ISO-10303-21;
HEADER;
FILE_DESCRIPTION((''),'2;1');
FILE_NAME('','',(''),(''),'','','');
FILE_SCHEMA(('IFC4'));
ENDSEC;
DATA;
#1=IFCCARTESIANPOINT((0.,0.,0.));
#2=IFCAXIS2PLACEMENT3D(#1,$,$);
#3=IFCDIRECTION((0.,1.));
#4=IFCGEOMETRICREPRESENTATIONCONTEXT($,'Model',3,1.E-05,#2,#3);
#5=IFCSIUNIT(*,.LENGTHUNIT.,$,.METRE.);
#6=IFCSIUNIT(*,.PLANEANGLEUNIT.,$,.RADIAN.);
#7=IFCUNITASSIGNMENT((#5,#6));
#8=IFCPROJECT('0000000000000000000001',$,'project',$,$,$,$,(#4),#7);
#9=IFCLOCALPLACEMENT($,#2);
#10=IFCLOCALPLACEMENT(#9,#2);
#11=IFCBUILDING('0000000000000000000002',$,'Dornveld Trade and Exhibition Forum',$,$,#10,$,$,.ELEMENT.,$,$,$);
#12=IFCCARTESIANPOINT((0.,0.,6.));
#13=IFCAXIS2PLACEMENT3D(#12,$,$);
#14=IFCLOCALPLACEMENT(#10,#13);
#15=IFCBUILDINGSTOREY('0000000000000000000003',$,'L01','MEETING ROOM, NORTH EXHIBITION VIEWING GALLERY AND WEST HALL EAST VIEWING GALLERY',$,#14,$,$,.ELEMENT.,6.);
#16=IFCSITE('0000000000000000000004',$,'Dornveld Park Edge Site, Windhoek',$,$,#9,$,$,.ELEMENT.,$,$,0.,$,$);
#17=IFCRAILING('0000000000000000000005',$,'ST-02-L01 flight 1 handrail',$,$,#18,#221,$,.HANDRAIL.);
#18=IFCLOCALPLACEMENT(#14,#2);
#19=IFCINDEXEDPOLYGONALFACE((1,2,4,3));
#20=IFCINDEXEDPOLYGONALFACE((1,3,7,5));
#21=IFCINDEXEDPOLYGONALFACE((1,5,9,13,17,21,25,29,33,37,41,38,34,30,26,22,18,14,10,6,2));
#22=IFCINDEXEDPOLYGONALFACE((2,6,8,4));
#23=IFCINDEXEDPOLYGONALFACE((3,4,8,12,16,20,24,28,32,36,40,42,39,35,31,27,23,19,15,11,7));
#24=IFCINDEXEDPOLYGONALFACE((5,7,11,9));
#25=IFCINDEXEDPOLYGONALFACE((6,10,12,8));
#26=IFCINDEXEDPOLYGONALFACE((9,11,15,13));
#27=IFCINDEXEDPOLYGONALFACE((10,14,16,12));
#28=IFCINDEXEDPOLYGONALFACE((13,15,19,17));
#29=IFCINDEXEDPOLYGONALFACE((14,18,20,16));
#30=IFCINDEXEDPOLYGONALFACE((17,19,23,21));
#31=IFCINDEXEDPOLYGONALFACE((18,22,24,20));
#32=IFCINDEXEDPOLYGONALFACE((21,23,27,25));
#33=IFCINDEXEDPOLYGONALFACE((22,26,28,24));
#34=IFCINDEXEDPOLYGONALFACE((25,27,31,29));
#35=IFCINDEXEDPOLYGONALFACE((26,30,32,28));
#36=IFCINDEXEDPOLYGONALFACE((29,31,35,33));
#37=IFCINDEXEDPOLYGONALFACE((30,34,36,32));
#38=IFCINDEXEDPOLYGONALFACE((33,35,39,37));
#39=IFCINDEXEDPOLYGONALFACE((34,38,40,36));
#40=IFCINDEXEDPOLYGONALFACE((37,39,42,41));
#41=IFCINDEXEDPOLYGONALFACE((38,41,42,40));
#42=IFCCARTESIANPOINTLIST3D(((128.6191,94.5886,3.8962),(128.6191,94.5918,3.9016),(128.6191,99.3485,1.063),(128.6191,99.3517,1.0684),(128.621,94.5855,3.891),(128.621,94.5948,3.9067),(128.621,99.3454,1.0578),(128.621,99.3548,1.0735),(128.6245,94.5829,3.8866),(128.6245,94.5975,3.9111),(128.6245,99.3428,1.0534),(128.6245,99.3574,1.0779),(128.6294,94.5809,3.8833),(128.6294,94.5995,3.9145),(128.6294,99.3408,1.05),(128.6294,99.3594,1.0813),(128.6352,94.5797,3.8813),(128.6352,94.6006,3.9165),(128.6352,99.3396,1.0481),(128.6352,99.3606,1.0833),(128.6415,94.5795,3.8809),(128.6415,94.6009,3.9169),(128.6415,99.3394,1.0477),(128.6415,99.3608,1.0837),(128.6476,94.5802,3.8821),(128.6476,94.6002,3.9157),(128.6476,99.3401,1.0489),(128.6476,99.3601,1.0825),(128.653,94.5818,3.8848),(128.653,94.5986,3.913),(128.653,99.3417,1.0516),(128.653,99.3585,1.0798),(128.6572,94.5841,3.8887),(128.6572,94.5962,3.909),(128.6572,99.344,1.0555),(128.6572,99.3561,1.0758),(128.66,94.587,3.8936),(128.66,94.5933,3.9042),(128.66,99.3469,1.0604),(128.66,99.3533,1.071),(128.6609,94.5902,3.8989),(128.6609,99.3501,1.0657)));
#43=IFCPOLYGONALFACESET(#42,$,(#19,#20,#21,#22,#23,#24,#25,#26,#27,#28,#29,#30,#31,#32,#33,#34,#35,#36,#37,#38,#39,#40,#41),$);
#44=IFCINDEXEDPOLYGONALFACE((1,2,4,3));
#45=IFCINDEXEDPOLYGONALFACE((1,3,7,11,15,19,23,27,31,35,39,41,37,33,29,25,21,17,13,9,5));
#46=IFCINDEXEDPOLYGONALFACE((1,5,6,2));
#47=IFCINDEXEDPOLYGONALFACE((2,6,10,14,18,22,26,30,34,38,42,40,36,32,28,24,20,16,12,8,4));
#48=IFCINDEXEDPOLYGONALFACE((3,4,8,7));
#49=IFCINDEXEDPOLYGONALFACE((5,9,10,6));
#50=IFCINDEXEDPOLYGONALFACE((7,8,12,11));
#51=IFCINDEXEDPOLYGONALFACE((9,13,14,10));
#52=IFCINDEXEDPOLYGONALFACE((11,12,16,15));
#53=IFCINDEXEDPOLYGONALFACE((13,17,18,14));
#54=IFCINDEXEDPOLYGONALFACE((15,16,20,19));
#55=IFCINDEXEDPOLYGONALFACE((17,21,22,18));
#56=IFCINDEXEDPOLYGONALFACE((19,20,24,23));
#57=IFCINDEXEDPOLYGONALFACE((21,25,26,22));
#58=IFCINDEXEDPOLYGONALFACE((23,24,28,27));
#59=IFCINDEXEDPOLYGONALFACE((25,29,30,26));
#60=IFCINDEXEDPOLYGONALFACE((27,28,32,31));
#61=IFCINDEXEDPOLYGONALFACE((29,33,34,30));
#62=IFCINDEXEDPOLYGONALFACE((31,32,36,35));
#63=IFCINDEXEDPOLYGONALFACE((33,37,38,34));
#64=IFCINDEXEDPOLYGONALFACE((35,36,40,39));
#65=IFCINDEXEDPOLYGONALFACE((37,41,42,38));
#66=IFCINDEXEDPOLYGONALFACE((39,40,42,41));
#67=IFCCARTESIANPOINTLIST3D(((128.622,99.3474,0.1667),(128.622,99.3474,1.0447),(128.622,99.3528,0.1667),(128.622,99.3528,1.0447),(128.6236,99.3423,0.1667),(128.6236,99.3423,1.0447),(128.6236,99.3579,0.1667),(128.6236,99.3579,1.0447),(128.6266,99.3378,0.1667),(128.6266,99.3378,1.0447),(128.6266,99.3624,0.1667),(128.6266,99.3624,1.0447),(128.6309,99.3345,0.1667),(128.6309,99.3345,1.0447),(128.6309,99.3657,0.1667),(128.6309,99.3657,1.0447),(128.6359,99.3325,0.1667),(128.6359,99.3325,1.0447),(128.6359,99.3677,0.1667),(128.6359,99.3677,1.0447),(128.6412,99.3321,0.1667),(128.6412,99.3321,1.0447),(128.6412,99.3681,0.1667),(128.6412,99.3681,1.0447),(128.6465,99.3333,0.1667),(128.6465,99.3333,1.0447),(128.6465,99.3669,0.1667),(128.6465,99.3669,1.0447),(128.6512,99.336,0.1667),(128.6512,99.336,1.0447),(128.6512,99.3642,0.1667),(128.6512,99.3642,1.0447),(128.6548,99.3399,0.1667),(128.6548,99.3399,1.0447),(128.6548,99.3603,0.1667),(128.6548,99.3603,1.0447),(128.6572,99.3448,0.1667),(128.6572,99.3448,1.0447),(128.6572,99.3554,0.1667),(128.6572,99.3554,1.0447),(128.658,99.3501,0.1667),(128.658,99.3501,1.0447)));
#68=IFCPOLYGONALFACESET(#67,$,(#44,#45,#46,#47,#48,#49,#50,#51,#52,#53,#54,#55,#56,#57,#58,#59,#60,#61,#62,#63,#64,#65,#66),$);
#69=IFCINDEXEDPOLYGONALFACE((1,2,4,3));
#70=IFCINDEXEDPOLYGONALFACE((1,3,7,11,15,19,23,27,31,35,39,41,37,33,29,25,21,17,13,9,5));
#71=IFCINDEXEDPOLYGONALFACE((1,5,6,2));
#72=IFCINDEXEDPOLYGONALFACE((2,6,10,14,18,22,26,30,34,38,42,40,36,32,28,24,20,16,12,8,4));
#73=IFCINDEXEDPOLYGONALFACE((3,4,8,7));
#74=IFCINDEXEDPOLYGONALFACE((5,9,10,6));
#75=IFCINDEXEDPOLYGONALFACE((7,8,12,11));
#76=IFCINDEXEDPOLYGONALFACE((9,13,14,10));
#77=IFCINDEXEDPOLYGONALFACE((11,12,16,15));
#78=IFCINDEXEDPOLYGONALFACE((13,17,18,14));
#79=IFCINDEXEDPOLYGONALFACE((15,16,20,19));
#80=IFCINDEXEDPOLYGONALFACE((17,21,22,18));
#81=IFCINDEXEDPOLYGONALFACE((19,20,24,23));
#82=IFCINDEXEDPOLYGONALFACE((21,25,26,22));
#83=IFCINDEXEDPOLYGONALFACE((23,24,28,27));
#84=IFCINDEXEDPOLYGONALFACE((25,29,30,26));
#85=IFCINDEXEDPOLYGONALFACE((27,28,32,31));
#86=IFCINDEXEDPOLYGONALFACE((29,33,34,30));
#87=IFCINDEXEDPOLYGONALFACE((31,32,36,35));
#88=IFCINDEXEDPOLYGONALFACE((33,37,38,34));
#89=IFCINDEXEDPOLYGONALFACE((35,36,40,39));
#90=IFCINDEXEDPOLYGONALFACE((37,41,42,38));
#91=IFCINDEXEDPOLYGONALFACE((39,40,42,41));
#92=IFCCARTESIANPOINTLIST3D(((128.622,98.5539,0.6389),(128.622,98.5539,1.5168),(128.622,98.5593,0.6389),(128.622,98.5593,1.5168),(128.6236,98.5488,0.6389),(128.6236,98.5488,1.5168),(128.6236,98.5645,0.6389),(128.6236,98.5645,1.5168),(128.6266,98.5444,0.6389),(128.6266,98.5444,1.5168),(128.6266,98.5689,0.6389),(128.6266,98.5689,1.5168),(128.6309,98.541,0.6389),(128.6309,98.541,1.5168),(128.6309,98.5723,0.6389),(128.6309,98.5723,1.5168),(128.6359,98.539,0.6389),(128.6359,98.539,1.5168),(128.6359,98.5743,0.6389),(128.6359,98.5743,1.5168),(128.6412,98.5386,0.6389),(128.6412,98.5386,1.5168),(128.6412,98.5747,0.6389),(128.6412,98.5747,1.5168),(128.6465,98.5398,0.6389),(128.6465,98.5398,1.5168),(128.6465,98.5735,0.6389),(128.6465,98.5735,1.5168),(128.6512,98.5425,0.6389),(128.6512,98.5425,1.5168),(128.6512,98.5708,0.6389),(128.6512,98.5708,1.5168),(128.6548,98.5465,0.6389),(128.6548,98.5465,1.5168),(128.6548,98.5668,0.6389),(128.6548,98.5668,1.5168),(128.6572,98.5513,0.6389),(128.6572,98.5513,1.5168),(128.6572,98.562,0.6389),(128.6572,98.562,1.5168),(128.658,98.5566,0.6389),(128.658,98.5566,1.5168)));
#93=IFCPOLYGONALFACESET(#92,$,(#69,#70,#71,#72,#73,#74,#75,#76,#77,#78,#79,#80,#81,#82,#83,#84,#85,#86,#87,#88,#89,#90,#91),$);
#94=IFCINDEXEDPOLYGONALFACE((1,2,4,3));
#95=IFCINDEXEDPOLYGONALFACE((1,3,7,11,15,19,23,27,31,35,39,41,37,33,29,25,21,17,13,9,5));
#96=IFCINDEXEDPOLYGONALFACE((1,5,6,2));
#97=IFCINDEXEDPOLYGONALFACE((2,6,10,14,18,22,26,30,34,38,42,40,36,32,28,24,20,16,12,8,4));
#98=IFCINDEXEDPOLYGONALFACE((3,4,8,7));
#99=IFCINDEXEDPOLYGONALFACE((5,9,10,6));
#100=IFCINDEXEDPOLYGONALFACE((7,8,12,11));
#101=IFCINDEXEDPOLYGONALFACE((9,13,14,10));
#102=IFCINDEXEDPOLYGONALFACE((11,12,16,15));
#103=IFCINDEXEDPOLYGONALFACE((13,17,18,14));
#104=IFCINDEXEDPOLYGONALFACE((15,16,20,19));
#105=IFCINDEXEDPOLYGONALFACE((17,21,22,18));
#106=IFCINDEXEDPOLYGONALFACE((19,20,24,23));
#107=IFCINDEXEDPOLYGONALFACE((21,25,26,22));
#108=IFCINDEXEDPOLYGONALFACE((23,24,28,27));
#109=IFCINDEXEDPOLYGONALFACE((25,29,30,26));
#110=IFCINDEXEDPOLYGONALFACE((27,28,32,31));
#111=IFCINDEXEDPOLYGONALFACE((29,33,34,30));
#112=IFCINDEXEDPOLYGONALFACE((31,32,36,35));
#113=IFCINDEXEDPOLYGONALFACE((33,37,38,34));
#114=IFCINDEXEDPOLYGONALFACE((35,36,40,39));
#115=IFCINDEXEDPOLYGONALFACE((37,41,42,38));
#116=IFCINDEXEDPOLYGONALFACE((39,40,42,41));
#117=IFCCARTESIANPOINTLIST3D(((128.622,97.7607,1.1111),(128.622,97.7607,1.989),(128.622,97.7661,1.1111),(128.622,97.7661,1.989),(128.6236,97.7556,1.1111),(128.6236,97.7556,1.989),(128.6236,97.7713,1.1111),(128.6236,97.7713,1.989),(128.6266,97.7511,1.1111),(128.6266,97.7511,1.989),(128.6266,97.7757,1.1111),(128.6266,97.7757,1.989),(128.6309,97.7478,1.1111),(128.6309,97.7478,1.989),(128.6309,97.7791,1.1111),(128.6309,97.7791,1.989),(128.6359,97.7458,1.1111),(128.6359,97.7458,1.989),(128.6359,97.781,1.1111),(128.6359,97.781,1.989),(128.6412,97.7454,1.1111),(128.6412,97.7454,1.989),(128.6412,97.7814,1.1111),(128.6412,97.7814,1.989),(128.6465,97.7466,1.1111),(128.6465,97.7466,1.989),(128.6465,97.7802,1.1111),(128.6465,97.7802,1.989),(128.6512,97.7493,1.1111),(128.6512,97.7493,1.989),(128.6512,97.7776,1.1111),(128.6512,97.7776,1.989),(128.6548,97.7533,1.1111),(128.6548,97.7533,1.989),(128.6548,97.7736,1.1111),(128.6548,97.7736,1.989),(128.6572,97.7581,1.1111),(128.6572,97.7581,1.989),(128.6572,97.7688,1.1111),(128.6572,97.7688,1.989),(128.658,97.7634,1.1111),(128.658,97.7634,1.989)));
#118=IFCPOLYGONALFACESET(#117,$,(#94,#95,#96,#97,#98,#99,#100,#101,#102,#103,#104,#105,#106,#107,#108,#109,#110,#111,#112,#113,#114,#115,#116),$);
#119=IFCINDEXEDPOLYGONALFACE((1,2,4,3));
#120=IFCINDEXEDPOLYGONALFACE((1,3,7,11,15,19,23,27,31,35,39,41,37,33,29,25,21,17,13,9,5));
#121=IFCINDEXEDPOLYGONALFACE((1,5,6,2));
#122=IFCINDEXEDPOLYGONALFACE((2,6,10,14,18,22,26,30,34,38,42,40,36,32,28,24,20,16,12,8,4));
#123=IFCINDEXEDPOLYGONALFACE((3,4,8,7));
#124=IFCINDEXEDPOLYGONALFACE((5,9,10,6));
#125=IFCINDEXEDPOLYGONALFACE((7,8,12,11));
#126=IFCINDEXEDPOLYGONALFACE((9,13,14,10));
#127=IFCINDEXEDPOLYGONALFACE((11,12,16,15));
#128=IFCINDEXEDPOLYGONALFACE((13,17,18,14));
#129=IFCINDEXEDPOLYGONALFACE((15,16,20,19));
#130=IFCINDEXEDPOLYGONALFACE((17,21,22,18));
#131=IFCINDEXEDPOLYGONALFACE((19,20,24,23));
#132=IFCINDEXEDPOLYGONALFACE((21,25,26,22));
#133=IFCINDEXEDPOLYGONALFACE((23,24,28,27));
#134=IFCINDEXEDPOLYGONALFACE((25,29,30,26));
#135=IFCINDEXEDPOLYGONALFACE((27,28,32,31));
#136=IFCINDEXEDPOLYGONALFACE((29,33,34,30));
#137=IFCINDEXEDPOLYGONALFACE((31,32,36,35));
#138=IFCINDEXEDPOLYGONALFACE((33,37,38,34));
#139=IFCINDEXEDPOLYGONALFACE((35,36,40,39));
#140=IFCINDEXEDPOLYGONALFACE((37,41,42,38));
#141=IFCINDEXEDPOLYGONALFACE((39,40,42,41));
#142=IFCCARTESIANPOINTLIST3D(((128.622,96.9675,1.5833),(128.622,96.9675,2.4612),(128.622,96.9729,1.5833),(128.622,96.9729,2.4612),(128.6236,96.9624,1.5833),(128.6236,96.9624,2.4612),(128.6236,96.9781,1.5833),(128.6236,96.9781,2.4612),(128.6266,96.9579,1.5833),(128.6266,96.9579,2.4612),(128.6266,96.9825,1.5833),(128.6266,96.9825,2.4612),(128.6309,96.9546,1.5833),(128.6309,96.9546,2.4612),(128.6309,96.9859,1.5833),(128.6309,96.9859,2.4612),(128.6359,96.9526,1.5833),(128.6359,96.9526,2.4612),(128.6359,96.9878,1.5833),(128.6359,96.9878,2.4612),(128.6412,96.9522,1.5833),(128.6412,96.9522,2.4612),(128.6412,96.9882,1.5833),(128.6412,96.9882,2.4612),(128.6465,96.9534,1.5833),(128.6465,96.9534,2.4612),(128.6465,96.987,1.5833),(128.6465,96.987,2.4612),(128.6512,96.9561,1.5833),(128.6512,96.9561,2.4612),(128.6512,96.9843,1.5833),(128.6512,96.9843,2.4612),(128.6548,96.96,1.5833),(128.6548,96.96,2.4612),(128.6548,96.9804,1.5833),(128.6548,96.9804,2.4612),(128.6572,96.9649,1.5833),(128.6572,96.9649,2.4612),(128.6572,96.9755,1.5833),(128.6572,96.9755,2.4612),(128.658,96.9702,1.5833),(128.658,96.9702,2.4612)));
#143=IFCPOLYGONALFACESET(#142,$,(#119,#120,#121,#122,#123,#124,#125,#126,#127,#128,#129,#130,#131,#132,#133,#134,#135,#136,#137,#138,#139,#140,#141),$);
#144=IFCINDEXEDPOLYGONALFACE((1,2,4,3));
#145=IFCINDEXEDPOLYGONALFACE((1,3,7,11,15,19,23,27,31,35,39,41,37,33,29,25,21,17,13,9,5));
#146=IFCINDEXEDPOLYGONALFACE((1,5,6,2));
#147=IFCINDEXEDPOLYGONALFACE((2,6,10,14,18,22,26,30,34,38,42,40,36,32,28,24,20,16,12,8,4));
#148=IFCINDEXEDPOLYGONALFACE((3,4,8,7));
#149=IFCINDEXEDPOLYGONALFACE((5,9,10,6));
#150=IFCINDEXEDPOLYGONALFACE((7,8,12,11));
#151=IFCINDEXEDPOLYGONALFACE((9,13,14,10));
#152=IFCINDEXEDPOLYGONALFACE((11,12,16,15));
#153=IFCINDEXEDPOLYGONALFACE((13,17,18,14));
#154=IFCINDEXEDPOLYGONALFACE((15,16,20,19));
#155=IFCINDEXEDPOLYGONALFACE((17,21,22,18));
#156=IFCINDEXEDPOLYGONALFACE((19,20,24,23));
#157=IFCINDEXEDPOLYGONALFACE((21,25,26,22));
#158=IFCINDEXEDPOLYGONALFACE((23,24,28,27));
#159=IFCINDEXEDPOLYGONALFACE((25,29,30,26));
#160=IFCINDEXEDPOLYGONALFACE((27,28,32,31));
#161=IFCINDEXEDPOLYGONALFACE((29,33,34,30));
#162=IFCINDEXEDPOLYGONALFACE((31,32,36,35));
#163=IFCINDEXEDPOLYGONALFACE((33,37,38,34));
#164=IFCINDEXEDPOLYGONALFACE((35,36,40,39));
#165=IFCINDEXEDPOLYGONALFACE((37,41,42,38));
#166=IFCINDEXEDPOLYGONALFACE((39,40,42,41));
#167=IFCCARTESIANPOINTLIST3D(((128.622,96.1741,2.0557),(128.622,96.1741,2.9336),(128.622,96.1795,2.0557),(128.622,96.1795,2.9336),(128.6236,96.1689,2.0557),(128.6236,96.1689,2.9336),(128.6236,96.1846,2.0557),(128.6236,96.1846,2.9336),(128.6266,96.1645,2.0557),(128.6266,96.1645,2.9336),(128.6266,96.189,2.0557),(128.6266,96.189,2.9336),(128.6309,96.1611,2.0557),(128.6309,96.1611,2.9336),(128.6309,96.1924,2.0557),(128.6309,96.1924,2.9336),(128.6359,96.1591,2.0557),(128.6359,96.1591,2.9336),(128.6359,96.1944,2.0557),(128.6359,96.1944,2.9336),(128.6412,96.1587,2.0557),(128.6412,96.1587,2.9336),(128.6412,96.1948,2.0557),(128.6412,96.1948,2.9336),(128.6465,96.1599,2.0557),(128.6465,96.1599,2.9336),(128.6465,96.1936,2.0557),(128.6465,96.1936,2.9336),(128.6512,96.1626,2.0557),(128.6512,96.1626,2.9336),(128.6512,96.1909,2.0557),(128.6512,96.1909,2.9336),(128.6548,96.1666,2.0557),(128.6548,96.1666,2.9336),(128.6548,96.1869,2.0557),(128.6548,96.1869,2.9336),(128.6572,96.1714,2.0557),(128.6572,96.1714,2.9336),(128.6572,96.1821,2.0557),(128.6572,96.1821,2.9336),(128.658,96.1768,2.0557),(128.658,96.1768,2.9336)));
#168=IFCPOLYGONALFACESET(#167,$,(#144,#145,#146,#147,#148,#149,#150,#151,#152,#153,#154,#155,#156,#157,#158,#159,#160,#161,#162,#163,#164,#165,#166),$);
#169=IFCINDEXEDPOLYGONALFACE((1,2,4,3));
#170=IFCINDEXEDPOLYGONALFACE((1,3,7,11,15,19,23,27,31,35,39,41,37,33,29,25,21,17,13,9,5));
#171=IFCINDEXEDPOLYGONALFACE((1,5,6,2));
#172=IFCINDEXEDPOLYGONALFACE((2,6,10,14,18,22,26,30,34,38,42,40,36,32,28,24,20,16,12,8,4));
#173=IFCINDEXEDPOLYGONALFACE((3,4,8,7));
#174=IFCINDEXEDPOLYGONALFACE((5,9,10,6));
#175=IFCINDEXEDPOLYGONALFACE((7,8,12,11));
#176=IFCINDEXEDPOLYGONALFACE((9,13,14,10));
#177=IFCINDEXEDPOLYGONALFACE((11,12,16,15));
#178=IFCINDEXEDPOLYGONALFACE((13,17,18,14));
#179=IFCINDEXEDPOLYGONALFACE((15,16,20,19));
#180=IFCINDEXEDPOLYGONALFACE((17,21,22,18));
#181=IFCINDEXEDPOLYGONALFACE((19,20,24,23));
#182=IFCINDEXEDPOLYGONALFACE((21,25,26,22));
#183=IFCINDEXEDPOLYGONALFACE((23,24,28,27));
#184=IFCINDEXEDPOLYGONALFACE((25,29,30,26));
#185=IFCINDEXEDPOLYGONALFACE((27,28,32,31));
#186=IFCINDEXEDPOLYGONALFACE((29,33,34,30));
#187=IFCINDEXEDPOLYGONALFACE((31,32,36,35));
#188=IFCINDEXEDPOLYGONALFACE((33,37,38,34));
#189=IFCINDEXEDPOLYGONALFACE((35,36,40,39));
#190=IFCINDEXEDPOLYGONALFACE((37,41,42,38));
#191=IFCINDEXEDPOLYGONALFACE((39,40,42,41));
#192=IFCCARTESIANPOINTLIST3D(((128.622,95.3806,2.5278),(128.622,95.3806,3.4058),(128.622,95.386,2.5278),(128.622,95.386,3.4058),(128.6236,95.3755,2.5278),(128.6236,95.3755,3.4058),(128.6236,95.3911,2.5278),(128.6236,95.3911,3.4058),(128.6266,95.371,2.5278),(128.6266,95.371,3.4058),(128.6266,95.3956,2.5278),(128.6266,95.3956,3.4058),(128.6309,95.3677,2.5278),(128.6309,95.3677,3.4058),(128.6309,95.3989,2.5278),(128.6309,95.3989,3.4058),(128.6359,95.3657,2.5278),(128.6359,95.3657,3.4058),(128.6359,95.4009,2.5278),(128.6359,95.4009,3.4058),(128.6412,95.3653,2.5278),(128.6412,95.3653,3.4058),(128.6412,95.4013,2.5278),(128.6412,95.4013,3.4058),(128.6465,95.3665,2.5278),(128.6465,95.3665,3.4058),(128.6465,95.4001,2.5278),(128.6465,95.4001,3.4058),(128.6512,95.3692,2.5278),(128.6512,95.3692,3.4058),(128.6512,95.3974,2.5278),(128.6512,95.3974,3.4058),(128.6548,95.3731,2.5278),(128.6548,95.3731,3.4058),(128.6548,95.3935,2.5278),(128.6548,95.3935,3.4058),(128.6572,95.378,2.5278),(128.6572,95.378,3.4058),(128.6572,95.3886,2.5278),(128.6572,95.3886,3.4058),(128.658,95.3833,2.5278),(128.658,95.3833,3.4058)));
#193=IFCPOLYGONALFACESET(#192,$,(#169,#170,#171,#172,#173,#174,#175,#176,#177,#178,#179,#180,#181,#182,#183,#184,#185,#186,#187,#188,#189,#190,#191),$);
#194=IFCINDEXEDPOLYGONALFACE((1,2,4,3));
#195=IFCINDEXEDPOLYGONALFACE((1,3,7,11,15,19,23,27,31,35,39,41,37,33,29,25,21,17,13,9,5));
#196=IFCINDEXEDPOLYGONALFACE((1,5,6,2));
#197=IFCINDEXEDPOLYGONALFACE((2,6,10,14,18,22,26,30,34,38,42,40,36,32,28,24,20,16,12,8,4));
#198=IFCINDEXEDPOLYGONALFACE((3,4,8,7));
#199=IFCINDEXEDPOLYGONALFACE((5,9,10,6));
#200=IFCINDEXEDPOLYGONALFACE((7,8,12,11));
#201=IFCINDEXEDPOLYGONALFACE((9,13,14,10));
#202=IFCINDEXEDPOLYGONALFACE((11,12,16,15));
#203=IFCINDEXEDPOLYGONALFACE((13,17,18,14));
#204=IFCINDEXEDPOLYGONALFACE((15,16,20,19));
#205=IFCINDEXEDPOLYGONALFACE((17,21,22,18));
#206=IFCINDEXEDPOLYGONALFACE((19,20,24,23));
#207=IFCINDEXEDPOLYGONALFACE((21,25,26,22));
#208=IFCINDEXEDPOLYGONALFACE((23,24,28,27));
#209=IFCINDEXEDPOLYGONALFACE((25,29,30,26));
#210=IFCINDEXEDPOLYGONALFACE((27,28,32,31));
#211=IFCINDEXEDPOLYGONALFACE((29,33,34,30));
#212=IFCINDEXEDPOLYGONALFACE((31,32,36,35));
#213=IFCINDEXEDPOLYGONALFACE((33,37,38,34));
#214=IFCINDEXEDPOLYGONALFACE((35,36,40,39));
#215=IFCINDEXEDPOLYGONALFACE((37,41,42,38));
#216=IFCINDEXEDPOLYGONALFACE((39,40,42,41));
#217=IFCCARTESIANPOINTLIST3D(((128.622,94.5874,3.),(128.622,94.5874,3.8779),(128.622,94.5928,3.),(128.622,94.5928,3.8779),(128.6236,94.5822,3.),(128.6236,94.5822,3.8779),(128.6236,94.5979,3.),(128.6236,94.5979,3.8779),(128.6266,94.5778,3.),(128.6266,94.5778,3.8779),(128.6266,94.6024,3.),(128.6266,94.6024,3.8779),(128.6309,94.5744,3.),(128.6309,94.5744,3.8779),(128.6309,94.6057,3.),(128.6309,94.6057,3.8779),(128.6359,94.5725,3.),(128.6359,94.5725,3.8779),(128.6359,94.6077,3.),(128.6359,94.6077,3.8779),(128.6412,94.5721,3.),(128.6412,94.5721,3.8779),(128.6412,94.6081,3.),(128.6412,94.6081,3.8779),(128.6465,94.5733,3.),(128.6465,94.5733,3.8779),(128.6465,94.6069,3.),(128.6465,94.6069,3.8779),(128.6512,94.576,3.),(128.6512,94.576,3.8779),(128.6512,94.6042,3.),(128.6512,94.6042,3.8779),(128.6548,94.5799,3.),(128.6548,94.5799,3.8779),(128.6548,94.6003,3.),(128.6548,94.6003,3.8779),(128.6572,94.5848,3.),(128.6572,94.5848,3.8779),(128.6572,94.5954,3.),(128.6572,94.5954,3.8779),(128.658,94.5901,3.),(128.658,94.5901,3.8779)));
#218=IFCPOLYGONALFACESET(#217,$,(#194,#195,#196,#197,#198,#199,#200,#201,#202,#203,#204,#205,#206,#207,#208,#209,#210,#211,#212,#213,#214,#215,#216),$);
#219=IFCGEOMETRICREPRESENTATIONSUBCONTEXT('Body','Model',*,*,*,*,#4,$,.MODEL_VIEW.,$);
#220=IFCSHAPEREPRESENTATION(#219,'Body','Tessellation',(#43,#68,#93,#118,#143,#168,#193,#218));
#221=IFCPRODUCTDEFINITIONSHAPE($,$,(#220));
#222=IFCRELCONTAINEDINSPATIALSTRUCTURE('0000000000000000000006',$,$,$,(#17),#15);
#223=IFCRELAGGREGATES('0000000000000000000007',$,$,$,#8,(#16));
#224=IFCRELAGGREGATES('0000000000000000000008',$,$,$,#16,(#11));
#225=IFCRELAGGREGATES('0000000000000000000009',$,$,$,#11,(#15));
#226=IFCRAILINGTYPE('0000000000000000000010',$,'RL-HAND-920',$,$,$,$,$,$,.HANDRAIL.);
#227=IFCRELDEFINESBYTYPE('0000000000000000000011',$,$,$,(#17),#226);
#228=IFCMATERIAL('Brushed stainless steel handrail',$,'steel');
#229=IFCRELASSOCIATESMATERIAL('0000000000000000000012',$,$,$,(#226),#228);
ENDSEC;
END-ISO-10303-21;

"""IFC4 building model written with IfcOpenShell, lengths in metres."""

from ifc_helpers import new_model, si_unit, direction, frame, origin, origin_2d, place, context, subcontext, project, spatial, circle, extrude, material, type_object, element, save


model = new_model("IFC4")

# Units and contexts
model_context = context("Model", 3, precision=1e-05, world=origin(), true_north=direction((0.0, 1.0)))
body_context = subcontext(model_context, "Body", "Model", "MODEL_VIEW")
ifc_project = project(units=[si_unit("LENGTHUNIT", "METRE"), si_unit("PLANEANGLEUNIT", "RADIAN")], contexts=[model_context])

# Site, building, storey
site_placement = place(None, origin())
site = spatial("IfcSite", under=ifc_project, at=site_placement, Name="Dornveld Park Edge Site, Windhoek", CompositionType="ELEMENT", RefElevation=0.0)
building_placement = place(site_placement, origin())
building = spatial("IfcBuilding", under=site, at=building_placement, Name="Dornveld Trade and Exhibition Forum", CompositionType="ELEMENT")
storey_placement = place(building_placement, frame((0.0, 0.0, 6.0)))
storey = spatial("IfcBuildingStorey", under=building, at=storey_placement, Name="L01", Description="MEETING ROOM, NORTH EXHIBITION VIEWING GALLERY AND WEST HALL EAST VIEWING GALLERY", CompositionType="ELEMENT", Elevation=6.0)

# Railing
ifc_material_1 = material(Name="Brushed stainless steel handrail", Category="steel")
railing_type_1 = type_object("IfcRailingType", Name="RL-HAND-920", PredefinedType="HANDRAIL", material=ifc_material_1)
railing_1_placement = place(storey_placement, frame((128.6399, 99.3501, 0.1667)))
element("IfcRailing", 1, at=railing_1_placement, inside=storey, type_object=railing_type_1, Name="ST-02-L01 flight 1 handrail", PredefinedType="HANDRAIL", context=body_context, shape_type="SweptSolid", body=[
    extrude(circle(Radius=0.021, at=origin_2d()), frame((0.0, 0.0, 0.8989), z_axis=(0.0, -0.8593, 0.511472), x_axis=(1.0, 0.0, 0.0)), (0.0, 0.0, 1.0), 5.5393),
    extrude(circle(Radius=0.0181, at=origin_2d()), origin(), (0.0, 0.0, 1.0), 0.8779),
    extrude(circle(Radius=0.0181, at=origin_2d()), frame((0.0, -0.7935, 0.4722)), (0.0, 0.0, 1.0), 0.8779),
    extrude(circle(Radius=0.0181, at=origin_2d()), frame((0.0, -1.5867, 0.9443)), (0.0, 0.0, 1.0), 0.8779),
    extrude(circle(Radius=0.0181, at=origin_2d()), frame((0.0, -2.3799, 1.4165)), (0.0, 0.0, 1.0), 0.8779),
    extrude(circle(Radius=0.0181, at=origin_2d()), frame((0.0, -3.1733, 1.8889)), (0.0, 0.0, 1.0), 0.8779),
    extrude(circle(Radius=0.0181, at=origin_2d()), frame((0.0, -3.9668, 2.3611)), (0.0, 0.0, 1.0), 0.8779),
    extrude(circle(Radius=0.0181, at=origin_2d()), frame((0.0, -4.76, 2.8333)), (0.0, 0.0, 1.0), 0.8779),
])

save(model, "model.ifc")
